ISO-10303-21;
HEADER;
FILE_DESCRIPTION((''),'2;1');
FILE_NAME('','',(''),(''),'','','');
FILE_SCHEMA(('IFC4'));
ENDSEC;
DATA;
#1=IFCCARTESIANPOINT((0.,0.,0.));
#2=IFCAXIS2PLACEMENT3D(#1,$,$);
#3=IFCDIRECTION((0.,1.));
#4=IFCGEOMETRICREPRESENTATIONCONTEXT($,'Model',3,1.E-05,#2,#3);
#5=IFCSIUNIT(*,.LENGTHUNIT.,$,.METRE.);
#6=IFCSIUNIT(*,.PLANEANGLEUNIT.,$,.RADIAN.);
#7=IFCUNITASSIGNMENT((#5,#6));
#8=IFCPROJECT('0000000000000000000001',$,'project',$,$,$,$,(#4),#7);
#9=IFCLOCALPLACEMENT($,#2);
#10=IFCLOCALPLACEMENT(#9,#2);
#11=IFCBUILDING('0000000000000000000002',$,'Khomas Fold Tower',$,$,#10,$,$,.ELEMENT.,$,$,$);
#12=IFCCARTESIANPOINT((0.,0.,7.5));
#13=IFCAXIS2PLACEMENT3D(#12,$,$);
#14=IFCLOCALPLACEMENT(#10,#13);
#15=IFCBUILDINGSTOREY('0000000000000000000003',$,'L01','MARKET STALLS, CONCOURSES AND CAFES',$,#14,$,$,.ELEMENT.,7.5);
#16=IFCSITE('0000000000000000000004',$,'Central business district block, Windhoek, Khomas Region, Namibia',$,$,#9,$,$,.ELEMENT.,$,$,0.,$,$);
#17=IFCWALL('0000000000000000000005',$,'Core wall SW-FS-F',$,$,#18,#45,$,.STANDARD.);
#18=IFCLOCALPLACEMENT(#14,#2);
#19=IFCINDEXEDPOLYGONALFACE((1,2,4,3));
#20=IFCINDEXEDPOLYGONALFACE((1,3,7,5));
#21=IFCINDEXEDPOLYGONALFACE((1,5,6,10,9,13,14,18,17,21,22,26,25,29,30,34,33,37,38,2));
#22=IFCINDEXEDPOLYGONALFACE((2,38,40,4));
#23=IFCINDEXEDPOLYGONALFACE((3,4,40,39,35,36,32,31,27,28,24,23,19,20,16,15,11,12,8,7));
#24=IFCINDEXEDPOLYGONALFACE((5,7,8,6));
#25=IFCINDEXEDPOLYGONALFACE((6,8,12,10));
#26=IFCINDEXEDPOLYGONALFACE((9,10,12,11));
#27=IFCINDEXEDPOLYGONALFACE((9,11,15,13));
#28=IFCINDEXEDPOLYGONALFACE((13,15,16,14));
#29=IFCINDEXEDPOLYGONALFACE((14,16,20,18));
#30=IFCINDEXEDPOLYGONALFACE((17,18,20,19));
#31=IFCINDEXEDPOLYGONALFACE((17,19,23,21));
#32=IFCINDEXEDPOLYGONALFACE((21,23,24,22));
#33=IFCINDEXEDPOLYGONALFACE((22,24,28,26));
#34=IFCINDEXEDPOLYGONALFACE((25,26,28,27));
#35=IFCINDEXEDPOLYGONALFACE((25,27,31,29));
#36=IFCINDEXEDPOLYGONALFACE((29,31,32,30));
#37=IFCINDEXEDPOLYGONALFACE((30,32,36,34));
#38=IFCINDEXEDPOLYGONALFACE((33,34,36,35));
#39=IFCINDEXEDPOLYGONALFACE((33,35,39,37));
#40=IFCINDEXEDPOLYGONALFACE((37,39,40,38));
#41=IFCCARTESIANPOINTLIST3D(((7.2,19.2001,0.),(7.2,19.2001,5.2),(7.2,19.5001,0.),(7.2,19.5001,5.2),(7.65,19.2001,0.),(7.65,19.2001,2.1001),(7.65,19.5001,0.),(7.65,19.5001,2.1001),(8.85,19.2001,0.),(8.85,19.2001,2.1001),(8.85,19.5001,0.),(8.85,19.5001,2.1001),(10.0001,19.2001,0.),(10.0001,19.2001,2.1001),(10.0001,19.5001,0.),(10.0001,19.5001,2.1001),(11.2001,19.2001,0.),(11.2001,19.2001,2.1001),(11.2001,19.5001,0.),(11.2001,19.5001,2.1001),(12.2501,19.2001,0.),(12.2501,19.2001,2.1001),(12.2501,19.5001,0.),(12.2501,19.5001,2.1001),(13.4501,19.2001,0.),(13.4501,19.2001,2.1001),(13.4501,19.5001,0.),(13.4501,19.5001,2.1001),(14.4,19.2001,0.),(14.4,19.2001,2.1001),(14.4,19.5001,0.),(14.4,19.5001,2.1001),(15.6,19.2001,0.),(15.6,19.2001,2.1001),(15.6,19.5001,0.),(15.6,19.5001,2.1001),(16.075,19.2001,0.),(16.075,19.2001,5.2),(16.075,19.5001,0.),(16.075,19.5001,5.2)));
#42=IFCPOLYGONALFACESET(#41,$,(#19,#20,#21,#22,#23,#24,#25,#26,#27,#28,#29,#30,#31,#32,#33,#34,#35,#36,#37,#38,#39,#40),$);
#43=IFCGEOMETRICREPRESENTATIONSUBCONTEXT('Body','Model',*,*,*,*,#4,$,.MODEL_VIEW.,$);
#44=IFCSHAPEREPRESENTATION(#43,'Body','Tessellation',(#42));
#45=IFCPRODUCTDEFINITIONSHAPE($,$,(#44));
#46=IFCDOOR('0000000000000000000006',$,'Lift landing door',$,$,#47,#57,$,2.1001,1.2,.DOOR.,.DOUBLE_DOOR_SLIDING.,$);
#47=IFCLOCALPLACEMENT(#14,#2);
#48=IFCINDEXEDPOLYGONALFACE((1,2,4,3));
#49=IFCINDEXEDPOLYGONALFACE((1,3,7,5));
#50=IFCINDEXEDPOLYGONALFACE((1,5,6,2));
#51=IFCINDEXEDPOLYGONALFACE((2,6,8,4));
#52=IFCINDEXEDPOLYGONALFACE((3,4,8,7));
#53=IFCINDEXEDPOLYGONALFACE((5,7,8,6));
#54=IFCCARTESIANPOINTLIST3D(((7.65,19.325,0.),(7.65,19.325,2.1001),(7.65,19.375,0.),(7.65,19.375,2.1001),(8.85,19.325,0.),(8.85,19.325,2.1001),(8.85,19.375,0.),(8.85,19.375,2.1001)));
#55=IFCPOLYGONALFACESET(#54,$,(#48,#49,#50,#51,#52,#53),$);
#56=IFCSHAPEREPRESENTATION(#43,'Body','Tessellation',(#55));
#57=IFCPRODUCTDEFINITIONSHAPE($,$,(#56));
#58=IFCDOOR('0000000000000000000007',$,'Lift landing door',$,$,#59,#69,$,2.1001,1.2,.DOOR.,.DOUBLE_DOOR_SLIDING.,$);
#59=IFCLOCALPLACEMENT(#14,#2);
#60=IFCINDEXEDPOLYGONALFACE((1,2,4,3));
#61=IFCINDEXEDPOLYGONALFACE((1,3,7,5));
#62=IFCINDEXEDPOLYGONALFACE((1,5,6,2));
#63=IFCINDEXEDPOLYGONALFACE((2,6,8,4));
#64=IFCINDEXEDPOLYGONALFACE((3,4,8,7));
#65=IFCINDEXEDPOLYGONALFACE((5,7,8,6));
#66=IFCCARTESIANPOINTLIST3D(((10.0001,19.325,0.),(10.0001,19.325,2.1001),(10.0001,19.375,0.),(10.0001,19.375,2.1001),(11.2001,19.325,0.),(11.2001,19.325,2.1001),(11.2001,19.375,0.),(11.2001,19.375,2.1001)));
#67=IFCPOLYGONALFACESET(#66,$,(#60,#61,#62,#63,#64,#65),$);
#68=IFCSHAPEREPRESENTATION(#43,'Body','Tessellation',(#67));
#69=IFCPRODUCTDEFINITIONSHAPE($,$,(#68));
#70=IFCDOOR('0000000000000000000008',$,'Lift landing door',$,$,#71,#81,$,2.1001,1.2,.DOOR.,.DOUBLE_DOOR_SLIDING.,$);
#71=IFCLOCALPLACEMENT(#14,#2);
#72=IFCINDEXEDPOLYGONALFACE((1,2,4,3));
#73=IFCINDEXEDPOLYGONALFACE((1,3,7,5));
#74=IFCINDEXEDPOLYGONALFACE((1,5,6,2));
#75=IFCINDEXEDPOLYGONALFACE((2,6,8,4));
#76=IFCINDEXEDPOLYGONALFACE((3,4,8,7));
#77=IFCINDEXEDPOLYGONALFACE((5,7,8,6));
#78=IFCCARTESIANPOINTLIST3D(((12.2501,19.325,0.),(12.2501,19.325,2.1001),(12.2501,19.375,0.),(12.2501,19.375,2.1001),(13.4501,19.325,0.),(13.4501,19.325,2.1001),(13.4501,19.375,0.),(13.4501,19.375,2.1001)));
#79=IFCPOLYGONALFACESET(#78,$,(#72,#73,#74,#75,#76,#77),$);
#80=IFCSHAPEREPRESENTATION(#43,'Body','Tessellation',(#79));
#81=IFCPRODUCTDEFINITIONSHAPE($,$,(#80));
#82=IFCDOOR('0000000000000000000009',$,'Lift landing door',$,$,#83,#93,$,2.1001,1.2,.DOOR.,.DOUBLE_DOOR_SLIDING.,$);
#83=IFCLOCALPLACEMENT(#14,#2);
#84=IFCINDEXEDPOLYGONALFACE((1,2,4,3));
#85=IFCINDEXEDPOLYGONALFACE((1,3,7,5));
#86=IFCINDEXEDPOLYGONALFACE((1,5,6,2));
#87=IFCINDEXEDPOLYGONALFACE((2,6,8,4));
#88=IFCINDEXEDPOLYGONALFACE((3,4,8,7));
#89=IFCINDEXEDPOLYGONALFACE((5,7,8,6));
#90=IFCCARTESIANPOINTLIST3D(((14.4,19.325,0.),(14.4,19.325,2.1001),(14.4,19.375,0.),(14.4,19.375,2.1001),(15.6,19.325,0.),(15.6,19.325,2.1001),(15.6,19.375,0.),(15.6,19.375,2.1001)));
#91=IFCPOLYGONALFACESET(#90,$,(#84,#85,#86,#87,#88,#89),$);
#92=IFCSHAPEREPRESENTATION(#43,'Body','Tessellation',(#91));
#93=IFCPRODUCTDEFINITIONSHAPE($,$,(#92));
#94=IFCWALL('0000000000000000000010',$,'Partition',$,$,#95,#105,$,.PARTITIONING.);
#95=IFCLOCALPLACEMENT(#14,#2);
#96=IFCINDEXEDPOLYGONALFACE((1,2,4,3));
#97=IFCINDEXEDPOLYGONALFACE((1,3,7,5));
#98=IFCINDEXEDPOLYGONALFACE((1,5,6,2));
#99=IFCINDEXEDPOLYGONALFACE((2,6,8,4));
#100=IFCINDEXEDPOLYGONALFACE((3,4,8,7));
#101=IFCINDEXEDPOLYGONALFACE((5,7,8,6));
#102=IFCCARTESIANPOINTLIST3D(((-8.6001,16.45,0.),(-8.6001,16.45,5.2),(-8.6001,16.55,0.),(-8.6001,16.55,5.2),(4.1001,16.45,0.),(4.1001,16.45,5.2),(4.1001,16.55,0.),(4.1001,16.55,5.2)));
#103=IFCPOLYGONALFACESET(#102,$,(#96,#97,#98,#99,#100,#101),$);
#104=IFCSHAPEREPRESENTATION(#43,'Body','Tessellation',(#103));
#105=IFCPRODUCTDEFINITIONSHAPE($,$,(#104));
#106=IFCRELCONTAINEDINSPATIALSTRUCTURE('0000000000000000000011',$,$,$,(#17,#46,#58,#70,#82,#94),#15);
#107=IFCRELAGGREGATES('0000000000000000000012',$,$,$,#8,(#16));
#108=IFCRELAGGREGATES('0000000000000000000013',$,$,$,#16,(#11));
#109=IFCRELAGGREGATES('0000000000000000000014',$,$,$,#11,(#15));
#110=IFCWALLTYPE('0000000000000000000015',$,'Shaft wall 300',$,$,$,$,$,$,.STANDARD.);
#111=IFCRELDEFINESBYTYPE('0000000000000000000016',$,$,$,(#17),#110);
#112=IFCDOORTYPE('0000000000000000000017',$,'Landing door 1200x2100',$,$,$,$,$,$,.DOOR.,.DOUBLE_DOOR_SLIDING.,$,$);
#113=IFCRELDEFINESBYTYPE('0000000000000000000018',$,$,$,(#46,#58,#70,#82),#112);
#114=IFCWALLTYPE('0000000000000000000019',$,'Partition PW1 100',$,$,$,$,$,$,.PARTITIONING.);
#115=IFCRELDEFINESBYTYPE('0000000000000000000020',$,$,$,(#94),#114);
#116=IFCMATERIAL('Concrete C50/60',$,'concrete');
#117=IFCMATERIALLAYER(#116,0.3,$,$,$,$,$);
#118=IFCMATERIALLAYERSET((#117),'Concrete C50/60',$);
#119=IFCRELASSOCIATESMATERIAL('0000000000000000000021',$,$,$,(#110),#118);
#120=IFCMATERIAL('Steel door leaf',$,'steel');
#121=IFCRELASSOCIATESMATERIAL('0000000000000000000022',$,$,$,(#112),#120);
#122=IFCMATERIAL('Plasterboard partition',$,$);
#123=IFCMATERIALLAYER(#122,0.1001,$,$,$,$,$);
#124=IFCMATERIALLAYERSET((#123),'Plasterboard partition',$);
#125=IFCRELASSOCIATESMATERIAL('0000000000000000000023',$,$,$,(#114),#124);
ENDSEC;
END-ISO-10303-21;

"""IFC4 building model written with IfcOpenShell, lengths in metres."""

from ifc_helpers import new_model, si_unit, direction, frame, frame_2d, origin, place, context, subcontext, project, spatial, rectangle, extrude, source, transform, mapped, material, layer, layer_set, type_object, element, fill, save


model = new_model("IFC4")

# Units and contexts
model_context = context("Model", 3, precision=1e-05, world=origin(), true_north=direction((0.0, 1.0)))
body_context = subcontext(model_context, "Body", "Model", "MODEL_VIEW")
ifc_project = project(units=[si_unit("LENGTHUNIT", "METRE"), si_unit("PLANEANGLEUNIT", "RADIAN")], contexts=[model_context])

# Site, building, storey
site_placement = place(None, origin())
site = spatial("IfcSite", under=ifc_project, at=site_placement, Name="Central business district block, Windhoek, Khomas Region, Namibia", CompositionType="ELEMENT", RefElevation=0.0)
building_placement = place(site_placement, origin())
building = spatial("IfcBuilding", under=site, at=building_placement, Name="Khomas Fold Tower", CompositionType="ELEMENT")
storey_placement = place(building_placement, frame((0.0, 0.0, 7.5)))
storey = spatial("IfcBuildingStorey", under=building, at=storey_placement, Name="L01", Description="MARKET STALLS, CONCOURSES AND CAFES", CompositionType="ELEMENT", Elevation=7.5)

# Wall, openings, doors
ifc_material_1 = material(Name="Concrete C50/60", Category="concrete")
ifc_layer_1 = layer(ifc_material_1, 0.3)
ifc_layer_set_1 = layer_set([ifc_layer_1], Name="Concrete C50/60")
wall_type_1 = type_object("IfcWallType", Name="Shaft wall 300", PredefinedType="STANDARD", material=ifc_layer_set_1)
shared_shape_1 = source(origin(), body_context, "Body", "SweptSolid", [
    extrude(rectangle(XDim=8.875, YDim=0.3, at=frame_2d((4.4375, 0.0))), origin(), (0.0, 0.0, 1.0), 5.2),
])
wall_1_placement = place(storey_placement, frame((7.2, 19.3501, 0.0), z_axis=(0.0, 0.0, 1.0), x_axis=(1.0, 0.0, 0.0)))
wall_1 = element("IfcWall", 1, at=wall_1_placement, inside=storey, type_object=wall_type_1, Name="Core wall SW-FS-F", PredefinedType="STANDARD", context=body_context, shape_type="MappedRepresentation", body=[
    mapped(shared_shape_1, transform((0.0, 0.0, 0.0))),
])
shared_shape_2 = source(origin(), body_context, "Body", "SweptSolid", [
    extrude(rectangle(XDim=1.2, YDim=2.1001, at=frame_2d((0.6001, 1.05))), frame((0.0, 0.1599, 0.0), z_axis=(0.0, -1.0, 0.0), x_axis=(1.0, 0.0, 0.0)), (0.0, 0.0, 1.0), 0.3201),
])
opening_1_placement = place(wall_1_placement, frame((0.45, 0.0, 0.0)))
opening_1 = element("IfcOpeningElement", 2, at=opening_1_placement, cuts=wall_1, PredefinedType="OPENING", context=body_context, shape_type="MappedRepresentation", body=[
    mapped(shared_shape_2, transform((0.0, 0.0, 0.0))),
])
opening_2_placement = place(wall_1_placement, frame((2.8, 0.0, 0.0)))
opening_2 = element("IfcOpeningElement", 3, at=opening_2_placement, cuts=wall_1, PredefinedType="OPENING", context=body_context, shape_type="MappedRepresentation", body=[
    mapped(shared_shape_2, transform((0.0, 0.0, 0.0))),
])
opening_3_placement = place(wall_1_placement, frame((5.05, 0.0, 0.0)))
opening_3 = element("IfcOpeningElement", 4, at=opening_3_placement, cuts=wall_1, PredefinedType="OPENING", context=body_context, shape_type="MappedRepresentation", body=[
    mapped(shared_shape_2, transform((0.0, 0.0, 0.0))),
])
opening_4_placement = place(wall_1_placement, frame((7.2, 0.0, 0.0)))
opening_4 = element("IfcOpeningElement", 5, at=opening_4_placement, cuts=wall_1, PredefinedType="OPENING", context=body_context, shape_type="MappedRepresentation", body=[
    mapped(shared_shape_2, transform((0.0, 0.0, 0.0))),
])
ifc_material_2 = material(Name="Steel door leaf", Category="steel")
door_type_1 = type_object("IfcDoorType", Name="Landing door 1200x2100", OperationType="DOUBLE_DOOR_SLIDING", PredefinedType="DOOR", material=ifc_material_2)
shared_shape_3 = source(origin(), body_context, "Body", "SweptSolid", [
    extrude(rectangle(XDim=1.2, YDim=2.1001, at=frame_2d((0.6001, 1.05))), frame((0.0, 0.0249, 0.0), z_axis=(0.0, -1.0, 0.0), x_axis=(1.0, 0.0, 0.0)), (0.0, 0.0, 1.0), 0.05),
])
door_1_placement = place(opening_1_placement, origin())
door_1 = element("IfcDoor", 6, at=door_1_placement, inside=storey, type_object=door_type_1, Name="Lift landing door", OperationType="DOUBLE_DOOR_SLIDING", OverallHeight=2.1001, OverallWidth=1.2, PredefinedType="DOOR", context=body_context, shape_type="MappedRepresentation", body=[
    mapped(shared_shape_3, transform((0.0, 0.0, 0.0))),
])
fill(opening_1, door_1)
door_2_placement = place(opening_2_placement, origin())
door_2 = element("IfcDoor", 7, at=door_2_placement, inside=storey, type_object=door_type_1, Name="Lift landing door", OperationType="DOUBLE_DOOR_SLIDING", OverallHeight=2.1001, OverallWidth=1.2, PredefinedType="DOOR", context=body_context, shape_type="MappedRepresentation", body=[
    mapped(shared_shape_3, transform((0.0, 0.0, 0.0))),
])
fill(opening_2, door_2)
door_3_placement = place(opening_3_placement, origin())
door_3 = element("IfcDoor", 8, at=door_3_placement, inside=storey, type_object=door_type_1, Name="Lift landing door", OperationType="DOUBLE_DOOR_SLIDING", OverallHeight=2.1001, OverallWidth=1.2, PredefinedType="DOOR", context=body_context, shape_type="MappedRepresentation", body=[
    mapped(shared_shape_3, transform((0.0, 0.0, 0.0))),
])
fill(opening_3, door_3)
door_4_placement = place(opening_4_placement, origin())
door_4 = element("IfcDoor", 9, at=door_4_placement, inside=storey, type_object=door_type_1, Name="Lift landing door", OperationType="DOUBLE_DOOR_SLIDING", OverallHeight=2.1001, OverallWidth=1.2, PredefinedType="DOOR", context=body_context, shape_type="MappedRepresentation", body=[
    mapped(shared_shape_3, transform((0.0, 0.0, 0.0))),
])
fill(opening_4, door_4)

# Wall
ifc_material_3 = material(Name="Plasterboard partition")
ifc_layer_2 = layer(ifc_material_3, 0.1001)
ifc_layer_set_2 = layer_set([ifc_layer_2], Name="Plasterboard partition")
wall_type_2 = type_object("IfcWallType", Name="Partition PW1 100", PredefinedType="PARTITIONING", material=ifc_layer_set_2)
shared_shape_4 = source(origin(), body_context, "Body", "SweptSolid", [
    extrude(rectangle(XDim=12.7002, YDim=0.1001, at=frame_2d((6.3501, 0.0))), origin(), (0.0, 0.0, 1.0), 5.2),
])
wall_2_placement = place(storey_placement, frame((-8.6001, 16.5, 0.0), z_axis=(0.0, 0.0, 1.0), x_axis=(1.0, 0.0, 0.0)))
element("IfcWall", 10, at=wall_2_placement, inside=storey, type_object=wall_type_2, Name="Partition", PredefinedType="PARTITIONING", context=body_context, shape_type="MappedRepresentation", body=[
    mapped(shared_shape_4, transform((0.0, 0.0, 0.0))),
])

save(model, "model.ifc")
